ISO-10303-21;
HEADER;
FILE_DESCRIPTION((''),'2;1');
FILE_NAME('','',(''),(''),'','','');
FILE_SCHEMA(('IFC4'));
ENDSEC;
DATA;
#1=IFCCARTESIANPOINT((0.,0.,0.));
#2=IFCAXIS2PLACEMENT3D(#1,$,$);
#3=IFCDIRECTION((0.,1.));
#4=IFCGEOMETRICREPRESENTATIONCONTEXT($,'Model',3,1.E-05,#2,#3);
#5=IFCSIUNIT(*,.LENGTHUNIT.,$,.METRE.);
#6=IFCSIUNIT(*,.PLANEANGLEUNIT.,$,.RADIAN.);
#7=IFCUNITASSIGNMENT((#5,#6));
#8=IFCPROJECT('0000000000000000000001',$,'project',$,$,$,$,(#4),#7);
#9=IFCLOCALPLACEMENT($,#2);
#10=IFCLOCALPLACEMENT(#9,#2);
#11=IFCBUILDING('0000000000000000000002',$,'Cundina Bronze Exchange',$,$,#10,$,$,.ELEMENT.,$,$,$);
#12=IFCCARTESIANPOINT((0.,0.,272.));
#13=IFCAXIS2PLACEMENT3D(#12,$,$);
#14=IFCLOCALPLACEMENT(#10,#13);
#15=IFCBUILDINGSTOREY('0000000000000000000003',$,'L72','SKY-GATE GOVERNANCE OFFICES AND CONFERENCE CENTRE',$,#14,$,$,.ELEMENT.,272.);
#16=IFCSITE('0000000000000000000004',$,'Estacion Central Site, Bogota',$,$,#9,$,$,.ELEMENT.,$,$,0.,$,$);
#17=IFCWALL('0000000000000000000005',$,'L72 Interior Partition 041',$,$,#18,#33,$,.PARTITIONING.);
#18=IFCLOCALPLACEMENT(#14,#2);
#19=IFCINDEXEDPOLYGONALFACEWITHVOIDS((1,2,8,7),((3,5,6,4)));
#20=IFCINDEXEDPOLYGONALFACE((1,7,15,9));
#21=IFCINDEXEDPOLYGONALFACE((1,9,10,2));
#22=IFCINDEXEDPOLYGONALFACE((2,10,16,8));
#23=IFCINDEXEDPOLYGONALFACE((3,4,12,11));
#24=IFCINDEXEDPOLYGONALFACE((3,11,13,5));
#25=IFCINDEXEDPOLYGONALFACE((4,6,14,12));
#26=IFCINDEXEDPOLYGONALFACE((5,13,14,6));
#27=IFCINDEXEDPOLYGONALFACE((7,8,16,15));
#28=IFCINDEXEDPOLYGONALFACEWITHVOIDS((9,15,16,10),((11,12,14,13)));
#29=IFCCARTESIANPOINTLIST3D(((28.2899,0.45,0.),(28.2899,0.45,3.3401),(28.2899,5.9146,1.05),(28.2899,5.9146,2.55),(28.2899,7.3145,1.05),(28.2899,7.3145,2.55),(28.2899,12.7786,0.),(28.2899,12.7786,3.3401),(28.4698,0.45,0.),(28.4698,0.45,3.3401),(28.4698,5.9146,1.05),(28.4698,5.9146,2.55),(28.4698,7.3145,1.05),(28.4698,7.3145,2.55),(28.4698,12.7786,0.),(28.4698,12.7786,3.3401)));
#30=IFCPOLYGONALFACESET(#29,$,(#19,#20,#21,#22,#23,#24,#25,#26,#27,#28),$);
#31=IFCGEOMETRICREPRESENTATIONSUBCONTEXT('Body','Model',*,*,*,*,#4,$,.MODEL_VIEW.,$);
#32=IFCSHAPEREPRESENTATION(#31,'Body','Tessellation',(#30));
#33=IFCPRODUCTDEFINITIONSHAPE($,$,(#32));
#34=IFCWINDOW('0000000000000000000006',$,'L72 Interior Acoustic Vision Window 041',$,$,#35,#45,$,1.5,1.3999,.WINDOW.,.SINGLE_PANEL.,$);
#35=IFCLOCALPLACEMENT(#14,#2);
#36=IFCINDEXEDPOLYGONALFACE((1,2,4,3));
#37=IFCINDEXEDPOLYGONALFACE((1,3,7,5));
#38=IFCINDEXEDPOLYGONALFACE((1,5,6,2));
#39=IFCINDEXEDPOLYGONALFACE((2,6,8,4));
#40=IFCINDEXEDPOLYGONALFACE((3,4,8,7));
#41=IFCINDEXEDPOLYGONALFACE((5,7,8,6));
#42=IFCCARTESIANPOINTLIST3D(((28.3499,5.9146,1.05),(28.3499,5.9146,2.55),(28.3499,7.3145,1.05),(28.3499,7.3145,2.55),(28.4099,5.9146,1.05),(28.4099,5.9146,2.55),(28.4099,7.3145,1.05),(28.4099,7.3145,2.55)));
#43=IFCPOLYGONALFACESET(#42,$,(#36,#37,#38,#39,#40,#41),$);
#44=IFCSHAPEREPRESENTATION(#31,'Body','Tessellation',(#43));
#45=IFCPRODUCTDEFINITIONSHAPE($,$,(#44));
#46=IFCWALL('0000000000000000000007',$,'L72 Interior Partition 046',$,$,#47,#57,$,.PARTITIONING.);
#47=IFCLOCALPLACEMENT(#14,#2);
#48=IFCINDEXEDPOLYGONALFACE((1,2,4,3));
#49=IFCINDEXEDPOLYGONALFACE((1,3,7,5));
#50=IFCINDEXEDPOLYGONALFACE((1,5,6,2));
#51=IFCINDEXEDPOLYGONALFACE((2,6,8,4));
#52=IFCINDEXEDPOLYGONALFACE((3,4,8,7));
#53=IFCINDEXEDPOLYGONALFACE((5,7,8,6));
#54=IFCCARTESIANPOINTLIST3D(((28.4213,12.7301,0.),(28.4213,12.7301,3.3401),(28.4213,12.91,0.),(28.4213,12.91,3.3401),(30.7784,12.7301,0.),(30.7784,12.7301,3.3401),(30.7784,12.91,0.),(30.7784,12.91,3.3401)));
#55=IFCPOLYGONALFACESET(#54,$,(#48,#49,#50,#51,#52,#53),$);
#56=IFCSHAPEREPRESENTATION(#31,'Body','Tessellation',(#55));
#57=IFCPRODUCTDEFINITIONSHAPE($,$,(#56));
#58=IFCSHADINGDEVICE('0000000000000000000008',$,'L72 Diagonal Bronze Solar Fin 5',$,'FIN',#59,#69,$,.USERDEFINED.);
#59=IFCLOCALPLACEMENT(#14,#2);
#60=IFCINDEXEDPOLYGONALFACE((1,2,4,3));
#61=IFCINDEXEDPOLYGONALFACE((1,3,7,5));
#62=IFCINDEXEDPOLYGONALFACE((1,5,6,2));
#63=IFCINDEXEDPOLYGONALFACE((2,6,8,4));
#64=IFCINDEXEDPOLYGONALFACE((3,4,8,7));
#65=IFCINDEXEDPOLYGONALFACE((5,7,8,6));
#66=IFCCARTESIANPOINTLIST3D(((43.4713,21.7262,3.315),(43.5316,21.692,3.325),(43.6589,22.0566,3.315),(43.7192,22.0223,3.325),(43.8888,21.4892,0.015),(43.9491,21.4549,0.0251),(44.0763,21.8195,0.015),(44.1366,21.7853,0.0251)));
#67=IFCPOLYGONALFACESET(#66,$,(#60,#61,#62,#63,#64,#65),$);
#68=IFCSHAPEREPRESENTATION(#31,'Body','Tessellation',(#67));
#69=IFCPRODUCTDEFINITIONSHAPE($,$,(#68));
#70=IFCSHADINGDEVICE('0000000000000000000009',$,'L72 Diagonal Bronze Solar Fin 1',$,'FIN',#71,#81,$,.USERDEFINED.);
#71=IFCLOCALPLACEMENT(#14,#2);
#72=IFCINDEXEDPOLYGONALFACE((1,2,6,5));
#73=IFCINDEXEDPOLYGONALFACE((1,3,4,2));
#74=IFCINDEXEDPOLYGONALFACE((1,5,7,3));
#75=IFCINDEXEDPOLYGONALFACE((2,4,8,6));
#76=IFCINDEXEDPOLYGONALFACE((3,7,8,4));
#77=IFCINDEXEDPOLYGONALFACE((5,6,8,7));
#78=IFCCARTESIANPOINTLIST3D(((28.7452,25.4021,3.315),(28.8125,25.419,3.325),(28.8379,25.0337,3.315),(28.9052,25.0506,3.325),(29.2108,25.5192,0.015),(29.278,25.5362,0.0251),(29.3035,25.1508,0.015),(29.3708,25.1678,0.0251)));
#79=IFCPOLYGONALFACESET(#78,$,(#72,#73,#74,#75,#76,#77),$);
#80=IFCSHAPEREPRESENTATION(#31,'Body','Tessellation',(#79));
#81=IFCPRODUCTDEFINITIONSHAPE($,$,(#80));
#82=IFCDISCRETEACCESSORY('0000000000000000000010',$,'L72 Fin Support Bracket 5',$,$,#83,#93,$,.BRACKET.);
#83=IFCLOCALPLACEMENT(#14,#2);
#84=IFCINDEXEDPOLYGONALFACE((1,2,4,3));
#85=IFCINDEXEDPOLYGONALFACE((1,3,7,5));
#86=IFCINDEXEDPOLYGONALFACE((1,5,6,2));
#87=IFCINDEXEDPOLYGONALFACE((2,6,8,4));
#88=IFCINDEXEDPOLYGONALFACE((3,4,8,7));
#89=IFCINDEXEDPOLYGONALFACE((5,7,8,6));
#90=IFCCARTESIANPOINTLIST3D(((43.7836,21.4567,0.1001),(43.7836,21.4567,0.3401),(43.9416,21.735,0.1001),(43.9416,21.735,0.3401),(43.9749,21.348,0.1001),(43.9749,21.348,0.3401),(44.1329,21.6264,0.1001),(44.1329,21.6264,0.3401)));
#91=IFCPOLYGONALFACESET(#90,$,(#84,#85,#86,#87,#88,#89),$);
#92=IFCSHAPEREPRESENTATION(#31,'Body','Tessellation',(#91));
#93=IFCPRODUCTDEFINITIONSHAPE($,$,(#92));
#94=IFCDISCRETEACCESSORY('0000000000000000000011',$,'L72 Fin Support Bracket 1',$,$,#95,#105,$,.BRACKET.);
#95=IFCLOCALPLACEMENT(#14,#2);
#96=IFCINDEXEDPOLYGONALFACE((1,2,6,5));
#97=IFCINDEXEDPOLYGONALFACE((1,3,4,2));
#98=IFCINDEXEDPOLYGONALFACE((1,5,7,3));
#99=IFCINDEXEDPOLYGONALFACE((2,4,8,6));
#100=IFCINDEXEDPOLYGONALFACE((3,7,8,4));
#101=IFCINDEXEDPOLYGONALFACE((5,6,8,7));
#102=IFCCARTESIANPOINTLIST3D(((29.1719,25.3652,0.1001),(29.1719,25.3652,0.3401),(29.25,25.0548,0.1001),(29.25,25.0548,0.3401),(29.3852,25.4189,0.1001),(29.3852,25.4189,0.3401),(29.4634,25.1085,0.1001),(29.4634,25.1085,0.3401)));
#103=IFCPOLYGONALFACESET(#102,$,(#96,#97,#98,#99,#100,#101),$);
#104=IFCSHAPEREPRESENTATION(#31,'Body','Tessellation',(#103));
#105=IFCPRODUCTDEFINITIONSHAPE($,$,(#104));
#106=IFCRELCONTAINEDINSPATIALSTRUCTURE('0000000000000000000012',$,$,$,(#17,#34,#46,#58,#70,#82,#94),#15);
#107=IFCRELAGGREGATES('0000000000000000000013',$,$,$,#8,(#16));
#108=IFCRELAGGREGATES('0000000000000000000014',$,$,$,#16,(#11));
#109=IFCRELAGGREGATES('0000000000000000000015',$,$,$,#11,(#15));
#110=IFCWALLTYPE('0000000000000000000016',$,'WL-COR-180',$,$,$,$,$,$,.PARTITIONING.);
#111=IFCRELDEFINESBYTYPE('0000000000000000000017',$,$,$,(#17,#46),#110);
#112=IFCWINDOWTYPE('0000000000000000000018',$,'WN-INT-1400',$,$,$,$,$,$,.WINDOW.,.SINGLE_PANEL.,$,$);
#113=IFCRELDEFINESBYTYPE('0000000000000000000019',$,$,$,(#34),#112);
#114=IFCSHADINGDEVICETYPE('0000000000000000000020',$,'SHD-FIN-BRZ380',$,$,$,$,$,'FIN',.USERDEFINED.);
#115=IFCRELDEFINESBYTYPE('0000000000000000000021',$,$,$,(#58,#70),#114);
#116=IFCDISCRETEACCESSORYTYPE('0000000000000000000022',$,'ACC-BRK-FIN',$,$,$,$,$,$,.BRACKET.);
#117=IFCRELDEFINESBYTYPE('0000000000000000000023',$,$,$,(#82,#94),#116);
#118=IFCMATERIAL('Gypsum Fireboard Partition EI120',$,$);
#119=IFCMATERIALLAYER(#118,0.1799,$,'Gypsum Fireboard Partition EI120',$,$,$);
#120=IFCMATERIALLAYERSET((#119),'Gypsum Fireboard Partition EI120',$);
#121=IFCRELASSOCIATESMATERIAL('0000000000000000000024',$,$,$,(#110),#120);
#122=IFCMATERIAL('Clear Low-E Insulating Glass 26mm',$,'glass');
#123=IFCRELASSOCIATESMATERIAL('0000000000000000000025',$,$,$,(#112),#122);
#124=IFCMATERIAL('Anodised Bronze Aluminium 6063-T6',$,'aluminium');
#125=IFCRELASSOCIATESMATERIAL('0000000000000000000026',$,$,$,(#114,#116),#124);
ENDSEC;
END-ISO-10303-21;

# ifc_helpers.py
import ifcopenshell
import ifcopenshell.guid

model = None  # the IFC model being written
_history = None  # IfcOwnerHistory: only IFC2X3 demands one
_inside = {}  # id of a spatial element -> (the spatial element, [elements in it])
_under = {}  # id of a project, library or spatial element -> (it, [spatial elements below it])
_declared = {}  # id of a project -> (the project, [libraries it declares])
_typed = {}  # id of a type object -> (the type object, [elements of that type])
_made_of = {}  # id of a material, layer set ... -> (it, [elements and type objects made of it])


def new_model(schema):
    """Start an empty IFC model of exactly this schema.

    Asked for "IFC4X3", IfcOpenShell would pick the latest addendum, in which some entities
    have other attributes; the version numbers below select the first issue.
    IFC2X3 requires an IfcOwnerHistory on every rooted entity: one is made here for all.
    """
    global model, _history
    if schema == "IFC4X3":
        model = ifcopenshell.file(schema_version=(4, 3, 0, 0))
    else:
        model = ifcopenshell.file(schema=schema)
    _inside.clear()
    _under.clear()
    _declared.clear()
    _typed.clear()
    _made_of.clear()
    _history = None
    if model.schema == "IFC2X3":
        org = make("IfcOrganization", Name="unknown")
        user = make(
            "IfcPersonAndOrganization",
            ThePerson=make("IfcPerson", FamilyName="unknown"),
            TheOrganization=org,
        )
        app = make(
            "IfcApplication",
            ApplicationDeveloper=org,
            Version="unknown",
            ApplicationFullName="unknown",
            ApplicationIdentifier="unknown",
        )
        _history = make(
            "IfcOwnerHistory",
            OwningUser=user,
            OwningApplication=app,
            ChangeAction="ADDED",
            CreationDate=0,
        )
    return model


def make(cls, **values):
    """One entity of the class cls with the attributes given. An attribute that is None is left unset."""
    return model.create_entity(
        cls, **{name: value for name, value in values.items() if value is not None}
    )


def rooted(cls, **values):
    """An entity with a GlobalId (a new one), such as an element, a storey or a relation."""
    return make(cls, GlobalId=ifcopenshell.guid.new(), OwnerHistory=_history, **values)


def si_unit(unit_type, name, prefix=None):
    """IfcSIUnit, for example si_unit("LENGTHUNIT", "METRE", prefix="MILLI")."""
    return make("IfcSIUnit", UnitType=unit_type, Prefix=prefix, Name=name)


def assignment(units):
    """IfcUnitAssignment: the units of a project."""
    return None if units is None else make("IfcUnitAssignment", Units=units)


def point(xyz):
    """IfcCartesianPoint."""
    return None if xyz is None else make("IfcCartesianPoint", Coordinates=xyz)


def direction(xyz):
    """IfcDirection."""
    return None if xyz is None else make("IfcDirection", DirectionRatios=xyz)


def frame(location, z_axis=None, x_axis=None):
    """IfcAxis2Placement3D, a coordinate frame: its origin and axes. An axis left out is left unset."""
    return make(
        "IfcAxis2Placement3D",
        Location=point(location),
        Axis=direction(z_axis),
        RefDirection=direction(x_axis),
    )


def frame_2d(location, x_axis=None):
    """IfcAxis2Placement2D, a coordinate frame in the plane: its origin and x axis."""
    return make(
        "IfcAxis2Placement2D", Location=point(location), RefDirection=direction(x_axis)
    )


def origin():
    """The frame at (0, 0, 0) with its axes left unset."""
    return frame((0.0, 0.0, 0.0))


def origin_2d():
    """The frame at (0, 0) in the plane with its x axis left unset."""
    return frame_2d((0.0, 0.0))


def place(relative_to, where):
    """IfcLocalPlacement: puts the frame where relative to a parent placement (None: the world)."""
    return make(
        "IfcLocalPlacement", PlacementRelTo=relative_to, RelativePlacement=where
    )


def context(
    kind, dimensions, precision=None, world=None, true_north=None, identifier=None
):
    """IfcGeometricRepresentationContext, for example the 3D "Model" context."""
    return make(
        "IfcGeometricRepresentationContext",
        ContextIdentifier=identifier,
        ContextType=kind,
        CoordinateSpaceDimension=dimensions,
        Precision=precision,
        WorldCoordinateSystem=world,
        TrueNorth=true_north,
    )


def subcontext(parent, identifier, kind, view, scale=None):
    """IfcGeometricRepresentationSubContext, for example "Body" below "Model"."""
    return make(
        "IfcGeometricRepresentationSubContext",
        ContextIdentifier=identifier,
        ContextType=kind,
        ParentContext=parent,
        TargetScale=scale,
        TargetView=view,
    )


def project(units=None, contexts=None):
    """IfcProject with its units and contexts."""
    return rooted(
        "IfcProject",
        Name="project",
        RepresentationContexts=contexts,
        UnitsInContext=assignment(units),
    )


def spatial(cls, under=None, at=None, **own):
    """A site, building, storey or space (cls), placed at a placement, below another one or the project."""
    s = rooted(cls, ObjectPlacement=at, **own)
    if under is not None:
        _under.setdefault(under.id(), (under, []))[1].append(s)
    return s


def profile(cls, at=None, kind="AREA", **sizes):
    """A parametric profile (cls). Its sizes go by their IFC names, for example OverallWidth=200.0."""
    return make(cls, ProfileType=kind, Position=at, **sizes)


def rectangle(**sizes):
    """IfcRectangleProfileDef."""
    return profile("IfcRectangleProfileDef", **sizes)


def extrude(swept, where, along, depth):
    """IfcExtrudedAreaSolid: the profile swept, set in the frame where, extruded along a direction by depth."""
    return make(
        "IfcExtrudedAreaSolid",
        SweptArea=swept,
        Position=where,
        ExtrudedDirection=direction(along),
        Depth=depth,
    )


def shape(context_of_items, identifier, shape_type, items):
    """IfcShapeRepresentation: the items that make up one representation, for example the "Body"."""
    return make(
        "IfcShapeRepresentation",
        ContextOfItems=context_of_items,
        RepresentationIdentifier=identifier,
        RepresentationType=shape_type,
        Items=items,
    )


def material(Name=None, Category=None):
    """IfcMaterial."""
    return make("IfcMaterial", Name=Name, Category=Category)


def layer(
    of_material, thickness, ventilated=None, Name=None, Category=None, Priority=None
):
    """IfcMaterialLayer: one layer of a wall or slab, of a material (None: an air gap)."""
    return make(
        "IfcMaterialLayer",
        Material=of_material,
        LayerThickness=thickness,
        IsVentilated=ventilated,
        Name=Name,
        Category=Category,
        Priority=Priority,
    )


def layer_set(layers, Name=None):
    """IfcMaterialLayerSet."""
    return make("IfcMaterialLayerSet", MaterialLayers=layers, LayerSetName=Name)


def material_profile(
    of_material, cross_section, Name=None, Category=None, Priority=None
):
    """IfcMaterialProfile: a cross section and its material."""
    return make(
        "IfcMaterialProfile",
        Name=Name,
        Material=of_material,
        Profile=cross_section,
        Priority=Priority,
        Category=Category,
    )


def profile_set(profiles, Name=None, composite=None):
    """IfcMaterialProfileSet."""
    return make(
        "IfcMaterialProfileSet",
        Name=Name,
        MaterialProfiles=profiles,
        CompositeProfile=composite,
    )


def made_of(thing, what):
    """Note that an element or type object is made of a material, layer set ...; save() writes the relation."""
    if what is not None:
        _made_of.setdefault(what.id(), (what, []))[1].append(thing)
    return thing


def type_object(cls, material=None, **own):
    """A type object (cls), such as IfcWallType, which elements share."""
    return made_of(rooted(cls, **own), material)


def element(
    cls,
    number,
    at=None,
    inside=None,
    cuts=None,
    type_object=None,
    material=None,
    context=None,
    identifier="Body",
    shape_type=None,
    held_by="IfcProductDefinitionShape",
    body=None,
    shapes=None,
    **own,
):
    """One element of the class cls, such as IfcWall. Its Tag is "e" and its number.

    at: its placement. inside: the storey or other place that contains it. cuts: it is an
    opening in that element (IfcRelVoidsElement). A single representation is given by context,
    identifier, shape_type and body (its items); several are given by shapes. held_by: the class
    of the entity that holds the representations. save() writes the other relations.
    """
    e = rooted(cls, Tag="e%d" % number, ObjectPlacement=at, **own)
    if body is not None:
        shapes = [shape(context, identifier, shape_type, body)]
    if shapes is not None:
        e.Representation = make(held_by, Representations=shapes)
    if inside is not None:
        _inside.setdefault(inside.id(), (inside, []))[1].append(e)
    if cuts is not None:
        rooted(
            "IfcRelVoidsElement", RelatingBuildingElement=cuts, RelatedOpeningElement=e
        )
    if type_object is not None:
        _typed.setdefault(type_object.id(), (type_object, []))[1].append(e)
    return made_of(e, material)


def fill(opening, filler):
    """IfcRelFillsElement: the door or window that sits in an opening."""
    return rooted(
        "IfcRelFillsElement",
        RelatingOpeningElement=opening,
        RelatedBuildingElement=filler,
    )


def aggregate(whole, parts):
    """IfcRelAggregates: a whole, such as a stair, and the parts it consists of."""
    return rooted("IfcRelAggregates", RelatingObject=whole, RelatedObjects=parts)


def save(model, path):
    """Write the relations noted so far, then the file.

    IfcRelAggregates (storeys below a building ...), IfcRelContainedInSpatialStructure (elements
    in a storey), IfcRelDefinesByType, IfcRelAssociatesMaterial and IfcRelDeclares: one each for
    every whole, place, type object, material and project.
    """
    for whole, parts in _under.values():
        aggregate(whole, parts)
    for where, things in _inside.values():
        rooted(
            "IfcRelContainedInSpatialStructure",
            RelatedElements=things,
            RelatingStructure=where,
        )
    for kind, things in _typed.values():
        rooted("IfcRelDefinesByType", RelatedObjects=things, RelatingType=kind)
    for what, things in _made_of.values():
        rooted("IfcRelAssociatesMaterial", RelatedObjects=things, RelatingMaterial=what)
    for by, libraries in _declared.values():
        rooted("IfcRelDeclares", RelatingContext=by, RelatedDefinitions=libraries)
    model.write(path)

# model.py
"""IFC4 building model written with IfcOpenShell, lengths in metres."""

from ifc_helpers import new_model, si_unit, direction, frame, frame_2d, origin, origin_2d, place, context, subcontext, project, spatial, rectangle, extrude, material, layer, layer_set, material_profile, profile_set, type_object, element, fill, save


model = new_model("IFC4")

# Units and contexts
model_context = context("Model", 3, precision=1e-05, world=origin(), true_north=direction((0.0, 1.0)))
body_context = subcontext(model_context, "Body", "Model", "MODEL_VIEW")
ifc_project = project(units=[si_unit("LENGTHUNIT", "METRE"), si_unit("PLANEANGLEUNIT", "RADIAN")], contexts=[model_context])

# Site, building, storey
site_placement = place(None, origin())
site = spatial("IfcSite", under=ifc_project, at=site_placement, Name="Estacion Central Site, Bogota", CompositionType="ELEMENT", RefElevation=0.0)
building_placement = place(site_placement, origin())
building = spatial("IfcBuilding", under=site, at=building_placement, Name="Cundina Bronze Exchange", CompositionType="ELEMENT")
storey_placement = place(building_placement, frame((0.0, 0.0, 272.0)))
storey = spatial("IfcBuildingStorey", under=building, at=storey_placement, Name="L72", Description="SKY-GATE GOVERNANCE OFFICES AND CONFERENCE CENTRE", CompositionType="ELEMENT", Elevation=272.0)

# Shared definitions
ifc_material_1 = material(Name="Anodised Bronze Aluminium 6063-T6", Category="aluminium")

# Wall, opening, window
ifc_material_2 = material(Name="Gypsum Fireboard Partition EI120")
ifc_layer_1 = layer(ifc_material_2, 0.1799, Name="Gypsum Fireboard Partition EI120")
ifc_layer_set_1 = layer_set([ifc_layer_1], Name="Gypsum Fireboard Partition EI120")
wall_type = type_object("IfcWallType", Name="WL-COR-180", PredefinedType="PARTITIONING", material=ifc_layer_set_1)
wall_1_placement = place(storey_placement, frame((28.3799, 12.7786, 0.0), z_axis=(0.0, 0.0, 1.0), x_axis=(0.0, -1.0, 0.0)))
wall_1 = element("IfcWall", 1, at=wall_1_placement, inside=storey, type_object=wall_type, Name="L72 Interior Partition 041", PredefinedType="PARTITIONING", context=body_context, shape_type="SweptSolid", body=[
    extrude(rectangle(XDim=12.3286, YDim=0.1799, at=frame_2d((6.1643, 0.0))), origin(), (0.0, 0.0, 1.0), 3.3401),
])
opening_placement = place(wall_1_placement, frame((5.4641, 0.0, 1.05)))
opening = element("IfcOpeningElement", 2, at=opening_placement, cuts=wall_1, PredefinedType="OPENING", context=body_context, shape_type="SweptSolid", body=[
    extrude(rectangle(XDim=1.3999, YDim=1.5, at=frame_2d((0.7, 0.75))), frame((0.0, 0.0999, 0.0), z_axis=(0.0, -1.0, 0.0), x_axis=(1.0, 0.0, 0.0)), (0.0, 0.0, 1.0), 0.2),
])
ifc_material_3 = material(Name="Clear Low-E Insulating Glass 26mm", Category="glass")
window_type = type_object("IfcWindowType", Name="WN-INT-1400", PartitioningType="SINGLE_PANEL", PredefinedType="WINDOW", material=ifc_material_3)
window_placement = place(opening_placement, origin())
window = element("IfcWindow", 3, at=window_placement, inside=storey, type_object=window_type, Name="L72 Interior Acoustic Vision Window 041", OverallHeight=1.5, OverallWidth=1.3999, PartitioningType="SINGLE_PANEL", PredefinedType="WINDOW", context=body_context, shape_type="SweptSolid", body=[
    extrude(rectangle(XDim=1.3999, YDim=1.5, at=frame_2d((0.7, 0.75))), frame((0.0, 0.03, 0.0), z_axis=(0.0, -1.0, 0.0), x_axis=(1.0, 0.0, 0.0)), (0.0, 0.0, 1.0), 0.0601),
])
fill(opening, window)

# Wall
wall_2_placement = place(storey_placement, frame((30.7786, 12.8201, 0.0), z_axis=(0.0, 0.0, 1.0), x_axis=(-1.0, 0.0, 0.0)))
element("IfcWall", 4, at=wall_2_placement, inside=storey, type_object=wall_type, Name="L72 Interior Partition 046", PredefinedType="PARTITIONING", context=body_context, shape_type="SweptSolid", body=[
    extrude(rectangle(XDim=2.3572, YDim=0.1799, at=frame_2d((1.1787, 0.0))), origin(), (0.0, 0.0, 1.0), 3.3401),
])

# Shading devices
ifc_material_profile_1 = material_profile(ifc_material_1, rectangle(XDim=0.0701, YDim=0.3799, at=origin_2d()), Name="FIN70X380", Category="aluminium")
ifc_profile_set_1 = profile_set([ifc_material_profile_1], Name="Anodised Bronze Aluminium 6063-T6")
shading_device_type = type_object("IfcShadingDeviceType", Name="SHD-FIN-BRZ380", ElementType="FIN", PredefinedType="USERDEFINED", material=ifc_profile_set_1)
for number, where, z_axis, x_axis, name in (
    (5, (44.0127, 21.6372, 0.02), (-0.12519, 0.071087, 0.989583), (0.860527, -0.488638, 0.143965), "L72 Diagonal Bronze Solar Fin 5"),
    (6, (29.2908, 25.3435, 0.02), (-0.139612, -0.035141, 0.989583), (0.95965, 0.241548, 0.143967), "L72 Diagonal Bronze Solar Fin 1"),
):
    element("IfcShadingDevice", number, at=place(storey_placement, frame(where, z_axis=z_axis, x_axis=x_axis)), inside=storey, type_object=shading_device_type, Name=name, ObjectType="FIN", PredefinedType="USERDEFINED", context=body_context, shape_type="SweptSolid", body=[
        extrude(rectangle(XDim=0.0701, YDim=0.3799, at=origin_2d()), origin(), (0.0, 0.0, 1.0), 3.3347),
    ])

# Discrete accessories
discrete_accessory_type = type_object("IfcDiscreteAccessoryType", Name="ACC-BRK-FIN", PredefinedType="BRACKET", material=ifc_material_1)
for number, where, z_axis, x_axis, name in (
    (7, (43.9583, 21.5415, 0.1001), (0.0, 0.0, 1.0), (-0.869573, 0.493805, 0.0), "L72 Fin Support Bracket 5"),
    (8, (29.3176, 25.2368, 0.1001), (0.0, 0.0, 1.0), (-0.969732, -0.244174, 0.0), "L72 Fin Support Bracket 1"),
):
    element("IfcDiscreteAccessory", number, at=place(storey_placement, frame(where, z_axis=z_axis, x_axis=x_axis)), inside=storey, type_object=discrete_accessory_type, Name=name, PredefinedType="BRACKET", context=body_context, shape_type="SweptSolid", body=[
        extrude(rectangle(XDim=0.22, YDim=0.3201, at=origin_2d()), origin(), (0.0, 0.0, 1.0), 0.24),
    ])

save(model, "model.ifc")
